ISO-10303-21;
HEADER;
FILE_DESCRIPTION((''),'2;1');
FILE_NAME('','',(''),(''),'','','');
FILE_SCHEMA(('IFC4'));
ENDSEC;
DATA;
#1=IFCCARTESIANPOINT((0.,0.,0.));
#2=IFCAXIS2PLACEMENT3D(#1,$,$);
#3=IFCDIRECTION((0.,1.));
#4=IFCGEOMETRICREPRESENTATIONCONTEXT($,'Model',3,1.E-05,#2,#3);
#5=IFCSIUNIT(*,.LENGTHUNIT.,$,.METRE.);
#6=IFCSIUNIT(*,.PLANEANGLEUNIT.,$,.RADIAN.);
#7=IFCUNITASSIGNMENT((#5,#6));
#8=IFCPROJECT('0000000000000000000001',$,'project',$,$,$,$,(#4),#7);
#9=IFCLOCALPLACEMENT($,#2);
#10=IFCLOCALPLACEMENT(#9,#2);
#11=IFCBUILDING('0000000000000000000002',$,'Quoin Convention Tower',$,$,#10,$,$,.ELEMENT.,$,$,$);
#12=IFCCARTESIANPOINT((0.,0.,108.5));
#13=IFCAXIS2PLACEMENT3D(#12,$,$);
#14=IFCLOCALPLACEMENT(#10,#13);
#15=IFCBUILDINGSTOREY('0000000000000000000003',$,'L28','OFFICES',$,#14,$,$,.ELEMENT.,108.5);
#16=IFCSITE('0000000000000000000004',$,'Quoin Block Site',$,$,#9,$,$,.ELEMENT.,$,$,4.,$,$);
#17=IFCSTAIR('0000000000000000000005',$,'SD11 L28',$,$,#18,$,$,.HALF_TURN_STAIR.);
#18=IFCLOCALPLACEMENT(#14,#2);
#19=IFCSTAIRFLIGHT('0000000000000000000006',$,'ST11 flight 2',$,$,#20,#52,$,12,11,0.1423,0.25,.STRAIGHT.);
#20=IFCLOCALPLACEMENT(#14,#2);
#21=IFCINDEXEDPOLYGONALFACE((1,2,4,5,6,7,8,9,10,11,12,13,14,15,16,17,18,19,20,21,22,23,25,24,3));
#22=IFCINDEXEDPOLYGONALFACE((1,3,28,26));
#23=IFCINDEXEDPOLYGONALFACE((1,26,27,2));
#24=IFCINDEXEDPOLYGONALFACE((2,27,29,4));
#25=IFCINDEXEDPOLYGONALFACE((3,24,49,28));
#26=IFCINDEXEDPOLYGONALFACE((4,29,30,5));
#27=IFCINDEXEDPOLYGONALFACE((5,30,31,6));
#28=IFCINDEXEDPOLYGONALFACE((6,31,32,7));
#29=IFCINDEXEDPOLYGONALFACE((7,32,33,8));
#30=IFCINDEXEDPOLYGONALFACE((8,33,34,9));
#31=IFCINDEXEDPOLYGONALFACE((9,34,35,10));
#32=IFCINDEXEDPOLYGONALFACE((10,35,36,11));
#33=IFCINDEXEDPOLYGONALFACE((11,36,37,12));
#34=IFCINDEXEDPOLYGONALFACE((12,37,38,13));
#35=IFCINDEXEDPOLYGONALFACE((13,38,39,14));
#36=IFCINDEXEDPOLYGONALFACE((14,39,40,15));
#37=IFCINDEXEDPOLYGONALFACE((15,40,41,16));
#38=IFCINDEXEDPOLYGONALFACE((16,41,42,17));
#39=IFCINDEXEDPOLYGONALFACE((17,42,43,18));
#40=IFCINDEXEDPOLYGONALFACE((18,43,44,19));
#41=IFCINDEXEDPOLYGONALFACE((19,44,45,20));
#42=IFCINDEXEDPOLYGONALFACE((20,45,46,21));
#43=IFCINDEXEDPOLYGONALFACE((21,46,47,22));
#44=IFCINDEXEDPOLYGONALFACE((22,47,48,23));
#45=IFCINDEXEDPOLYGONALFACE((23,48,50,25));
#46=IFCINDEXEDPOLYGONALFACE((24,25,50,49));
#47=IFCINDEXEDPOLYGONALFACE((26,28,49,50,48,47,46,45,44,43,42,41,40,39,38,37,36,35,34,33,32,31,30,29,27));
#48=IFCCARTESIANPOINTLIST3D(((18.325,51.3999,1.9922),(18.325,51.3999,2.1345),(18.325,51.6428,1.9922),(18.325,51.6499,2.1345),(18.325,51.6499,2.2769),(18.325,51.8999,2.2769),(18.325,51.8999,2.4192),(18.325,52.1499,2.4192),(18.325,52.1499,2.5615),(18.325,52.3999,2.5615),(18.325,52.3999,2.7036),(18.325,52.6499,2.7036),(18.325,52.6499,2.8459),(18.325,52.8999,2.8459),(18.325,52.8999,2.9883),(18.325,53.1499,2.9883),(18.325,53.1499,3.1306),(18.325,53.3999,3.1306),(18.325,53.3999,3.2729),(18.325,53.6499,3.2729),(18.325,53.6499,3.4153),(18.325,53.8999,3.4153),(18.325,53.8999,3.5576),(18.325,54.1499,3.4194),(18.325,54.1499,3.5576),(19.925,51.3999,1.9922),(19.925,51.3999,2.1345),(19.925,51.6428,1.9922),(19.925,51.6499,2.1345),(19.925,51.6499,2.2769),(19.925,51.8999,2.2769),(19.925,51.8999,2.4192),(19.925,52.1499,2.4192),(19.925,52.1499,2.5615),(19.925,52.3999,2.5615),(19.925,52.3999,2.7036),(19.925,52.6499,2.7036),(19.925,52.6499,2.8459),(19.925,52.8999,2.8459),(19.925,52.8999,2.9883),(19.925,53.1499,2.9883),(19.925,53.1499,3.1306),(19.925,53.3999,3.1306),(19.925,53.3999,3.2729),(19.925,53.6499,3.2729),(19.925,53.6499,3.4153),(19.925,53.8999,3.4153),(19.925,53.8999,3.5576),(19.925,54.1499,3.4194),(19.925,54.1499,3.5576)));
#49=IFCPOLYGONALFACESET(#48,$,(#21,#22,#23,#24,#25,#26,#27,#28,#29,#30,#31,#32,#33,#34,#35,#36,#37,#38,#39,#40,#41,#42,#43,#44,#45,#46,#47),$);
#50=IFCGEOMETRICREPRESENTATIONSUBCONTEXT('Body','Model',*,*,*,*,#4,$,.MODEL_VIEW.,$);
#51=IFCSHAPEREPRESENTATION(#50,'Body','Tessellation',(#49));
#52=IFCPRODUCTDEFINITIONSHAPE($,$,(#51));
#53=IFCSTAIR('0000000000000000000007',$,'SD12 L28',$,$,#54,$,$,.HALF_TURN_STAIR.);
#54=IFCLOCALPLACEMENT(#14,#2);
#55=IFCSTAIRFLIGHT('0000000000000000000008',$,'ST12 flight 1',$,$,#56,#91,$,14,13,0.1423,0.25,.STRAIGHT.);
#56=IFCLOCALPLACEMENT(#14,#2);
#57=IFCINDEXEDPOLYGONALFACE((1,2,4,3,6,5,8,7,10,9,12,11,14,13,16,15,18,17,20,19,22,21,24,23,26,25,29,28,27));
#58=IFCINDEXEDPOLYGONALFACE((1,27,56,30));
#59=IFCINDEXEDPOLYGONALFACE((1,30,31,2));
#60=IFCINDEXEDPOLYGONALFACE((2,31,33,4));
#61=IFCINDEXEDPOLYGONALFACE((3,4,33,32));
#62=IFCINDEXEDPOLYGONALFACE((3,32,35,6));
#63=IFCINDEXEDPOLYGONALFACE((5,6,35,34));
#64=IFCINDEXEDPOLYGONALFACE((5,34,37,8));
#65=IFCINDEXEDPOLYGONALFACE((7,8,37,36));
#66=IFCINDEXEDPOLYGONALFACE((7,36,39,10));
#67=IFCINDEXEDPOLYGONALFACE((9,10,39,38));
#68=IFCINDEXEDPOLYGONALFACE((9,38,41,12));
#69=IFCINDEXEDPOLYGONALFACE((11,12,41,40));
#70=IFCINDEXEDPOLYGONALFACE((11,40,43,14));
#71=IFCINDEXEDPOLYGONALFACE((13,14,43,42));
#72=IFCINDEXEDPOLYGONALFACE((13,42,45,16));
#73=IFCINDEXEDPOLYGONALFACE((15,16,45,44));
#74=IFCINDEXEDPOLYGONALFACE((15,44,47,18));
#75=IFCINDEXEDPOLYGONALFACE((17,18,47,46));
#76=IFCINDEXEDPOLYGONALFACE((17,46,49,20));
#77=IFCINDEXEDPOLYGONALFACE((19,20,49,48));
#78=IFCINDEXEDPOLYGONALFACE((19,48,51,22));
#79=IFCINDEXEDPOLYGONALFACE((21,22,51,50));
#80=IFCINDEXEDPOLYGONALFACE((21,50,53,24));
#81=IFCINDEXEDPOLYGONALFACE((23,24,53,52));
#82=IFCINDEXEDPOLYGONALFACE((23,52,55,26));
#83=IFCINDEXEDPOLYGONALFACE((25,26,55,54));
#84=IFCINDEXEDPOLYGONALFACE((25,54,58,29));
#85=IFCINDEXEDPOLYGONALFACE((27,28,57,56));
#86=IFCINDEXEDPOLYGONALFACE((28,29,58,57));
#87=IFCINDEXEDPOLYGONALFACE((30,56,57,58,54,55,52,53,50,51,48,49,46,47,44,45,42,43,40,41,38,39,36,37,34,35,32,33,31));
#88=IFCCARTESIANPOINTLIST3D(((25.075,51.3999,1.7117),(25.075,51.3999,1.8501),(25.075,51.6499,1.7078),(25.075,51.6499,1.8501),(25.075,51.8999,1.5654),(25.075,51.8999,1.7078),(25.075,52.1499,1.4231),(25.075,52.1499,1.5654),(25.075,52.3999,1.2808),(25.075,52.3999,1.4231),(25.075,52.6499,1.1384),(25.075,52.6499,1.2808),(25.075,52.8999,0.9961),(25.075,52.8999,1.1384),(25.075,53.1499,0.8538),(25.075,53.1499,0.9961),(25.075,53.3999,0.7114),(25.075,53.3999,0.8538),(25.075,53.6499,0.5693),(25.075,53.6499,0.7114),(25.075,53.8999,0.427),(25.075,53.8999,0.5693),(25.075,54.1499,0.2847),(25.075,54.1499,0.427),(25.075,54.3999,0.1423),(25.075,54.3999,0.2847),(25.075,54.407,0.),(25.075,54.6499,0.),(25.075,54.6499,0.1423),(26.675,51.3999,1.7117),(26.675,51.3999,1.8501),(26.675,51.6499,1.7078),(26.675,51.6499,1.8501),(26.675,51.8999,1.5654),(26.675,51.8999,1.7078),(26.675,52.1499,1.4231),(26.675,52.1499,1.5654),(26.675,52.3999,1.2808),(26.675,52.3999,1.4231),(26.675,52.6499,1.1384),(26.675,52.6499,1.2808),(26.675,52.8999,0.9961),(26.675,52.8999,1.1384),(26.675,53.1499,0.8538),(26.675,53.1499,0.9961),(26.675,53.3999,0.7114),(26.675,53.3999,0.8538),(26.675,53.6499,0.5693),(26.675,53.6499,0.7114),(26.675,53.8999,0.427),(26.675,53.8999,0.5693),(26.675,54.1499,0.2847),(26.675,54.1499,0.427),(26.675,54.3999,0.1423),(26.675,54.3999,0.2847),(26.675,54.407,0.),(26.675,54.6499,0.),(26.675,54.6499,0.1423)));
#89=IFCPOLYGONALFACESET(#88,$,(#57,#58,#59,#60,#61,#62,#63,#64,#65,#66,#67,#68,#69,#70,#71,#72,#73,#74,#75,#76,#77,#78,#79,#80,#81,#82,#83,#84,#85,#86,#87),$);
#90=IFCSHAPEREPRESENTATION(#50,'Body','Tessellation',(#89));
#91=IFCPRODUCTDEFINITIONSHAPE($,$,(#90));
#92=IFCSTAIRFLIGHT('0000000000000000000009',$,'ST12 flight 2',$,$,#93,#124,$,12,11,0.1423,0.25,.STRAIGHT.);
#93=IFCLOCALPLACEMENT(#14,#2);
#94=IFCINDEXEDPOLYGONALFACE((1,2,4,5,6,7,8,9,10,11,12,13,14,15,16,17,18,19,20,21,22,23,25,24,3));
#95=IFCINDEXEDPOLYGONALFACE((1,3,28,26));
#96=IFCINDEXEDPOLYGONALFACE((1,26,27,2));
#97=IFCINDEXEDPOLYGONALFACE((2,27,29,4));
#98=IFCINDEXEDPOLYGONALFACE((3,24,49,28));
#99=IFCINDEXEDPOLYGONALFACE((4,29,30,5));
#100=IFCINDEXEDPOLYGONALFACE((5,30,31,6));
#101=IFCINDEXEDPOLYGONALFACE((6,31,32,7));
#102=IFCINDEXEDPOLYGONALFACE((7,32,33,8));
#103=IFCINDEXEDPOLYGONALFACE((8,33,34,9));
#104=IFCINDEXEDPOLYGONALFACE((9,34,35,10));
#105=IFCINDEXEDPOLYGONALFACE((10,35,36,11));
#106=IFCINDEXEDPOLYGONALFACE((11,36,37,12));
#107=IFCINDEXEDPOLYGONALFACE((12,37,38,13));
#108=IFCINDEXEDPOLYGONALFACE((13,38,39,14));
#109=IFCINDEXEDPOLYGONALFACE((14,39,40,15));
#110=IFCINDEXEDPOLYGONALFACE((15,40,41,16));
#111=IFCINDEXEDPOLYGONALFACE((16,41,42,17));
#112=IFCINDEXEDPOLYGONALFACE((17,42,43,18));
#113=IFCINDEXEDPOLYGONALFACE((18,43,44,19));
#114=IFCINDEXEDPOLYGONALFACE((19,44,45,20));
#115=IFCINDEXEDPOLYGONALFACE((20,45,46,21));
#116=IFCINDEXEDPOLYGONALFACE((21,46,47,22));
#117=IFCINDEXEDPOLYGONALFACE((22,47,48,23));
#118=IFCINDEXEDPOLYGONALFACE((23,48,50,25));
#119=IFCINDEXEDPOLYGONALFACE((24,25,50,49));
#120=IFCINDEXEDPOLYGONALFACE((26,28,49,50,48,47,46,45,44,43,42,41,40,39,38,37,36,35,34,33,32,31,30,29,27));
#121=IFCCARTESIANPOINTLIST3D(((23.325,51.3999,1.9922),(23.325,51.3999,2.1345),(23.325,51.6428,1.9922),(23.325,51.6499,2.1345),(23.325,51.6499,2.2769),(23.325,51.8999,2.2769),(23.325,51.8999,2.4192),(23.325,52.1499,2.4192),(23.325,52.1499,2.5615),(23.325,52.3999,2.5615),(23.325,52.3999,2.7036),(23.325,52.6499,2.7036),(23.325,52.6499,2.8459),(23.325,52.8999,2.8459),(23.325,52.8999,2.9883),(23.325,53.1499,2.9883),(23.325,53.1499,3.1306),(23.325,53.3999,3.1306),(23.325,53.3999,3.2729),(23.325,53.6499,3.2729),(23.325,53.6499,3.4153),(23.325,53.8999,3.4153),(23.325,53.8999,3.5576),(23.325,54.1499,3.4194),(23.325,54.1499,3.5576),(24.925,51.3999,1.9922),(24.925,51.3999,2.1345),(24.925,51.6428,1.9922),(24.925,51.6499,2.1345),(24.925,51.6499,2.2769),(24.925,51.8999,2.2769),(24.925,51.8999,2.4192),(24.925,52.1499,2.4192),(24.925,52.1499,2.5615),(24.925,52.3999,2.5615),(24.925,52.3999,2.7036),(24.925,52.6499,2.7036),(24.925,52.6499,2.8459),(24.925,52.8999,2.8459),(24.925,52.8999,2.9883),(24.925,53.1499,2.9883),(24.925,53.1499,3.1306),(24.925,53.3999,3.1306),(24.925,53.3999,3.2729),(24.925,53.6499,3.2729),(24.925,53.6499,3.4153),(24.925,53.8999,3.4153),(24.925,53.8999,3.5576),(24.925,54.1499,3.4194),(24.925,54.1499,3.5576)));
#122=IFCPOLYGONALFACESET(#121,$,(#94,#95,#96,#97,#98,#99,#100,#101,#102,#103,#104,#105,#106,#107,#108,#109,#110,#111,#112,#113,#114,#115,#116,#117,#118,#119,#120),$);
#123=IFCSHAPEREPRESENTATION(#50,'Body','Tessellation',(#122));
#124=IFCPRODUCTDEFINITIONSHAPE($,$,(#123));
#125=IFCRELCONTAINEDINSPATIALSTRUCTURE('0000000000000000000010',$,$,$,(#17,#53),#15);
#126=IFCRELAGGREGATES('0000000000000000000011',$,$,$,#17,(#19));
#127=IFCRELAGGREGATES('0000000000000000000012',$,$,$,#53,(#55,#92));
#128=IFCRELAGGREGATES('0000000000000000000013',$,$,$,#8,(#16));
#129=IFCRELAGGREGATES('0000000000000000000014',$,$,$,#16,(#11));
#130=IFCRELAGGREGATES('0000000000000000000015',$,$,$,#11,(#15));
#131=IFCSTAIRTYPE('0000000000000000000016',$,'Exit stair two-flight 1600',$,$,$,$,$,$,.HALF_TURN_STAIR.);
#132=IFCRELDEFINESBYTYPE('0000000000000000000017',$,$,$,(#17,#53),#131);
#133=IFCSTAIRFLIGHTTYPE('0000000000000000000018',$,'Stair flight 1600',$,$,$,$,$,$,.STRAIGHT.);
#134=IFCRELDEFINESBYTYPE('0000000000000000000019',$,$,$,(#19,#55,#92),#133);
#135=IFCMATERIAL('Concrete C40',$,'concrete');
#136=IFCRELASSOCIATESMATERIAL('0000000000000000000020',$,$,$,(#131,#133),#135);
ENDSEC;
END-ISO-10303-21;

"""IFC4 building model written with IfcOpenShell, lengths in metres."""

from ifc_helpers import new_model, si_unit, direction, frame, origin, place, context, subcontext, project, spatial, polyline, outline, extrude, material, type_object, element, aggregate, save


model = new_model("IFC4")

# Units and contexts
model_context = context("Model", 3, precision=1e-05, world=origin(), true_north=direction((0.0, 1.0)))
body_context = subcontext(model_context, "Body", "Model", "MODEL_VIEW")
ifc_project = project(units=[si_unit("LENGTHUNIT", "METRE"), si_unit("PLANEANGLEUNIT", "RADIAN")], contexts=[model_context])

# Site, building, storey
site_placement = place(None, origin())
site = spatial("IfcSite", under=ifc_project, at=site_placement, Name="Quoin Block Site", CompositionType="ELEMENT", RefElevation=4.0)
building_placement = place(site_placement, origin())
building = spatial("IfcBuilding", under=site, at=building_placement, Name="Quoin Convention Tower", CompositionType="ELEMENT")
storey_placement = place(building_placement, frame((0.0, 0.0, 108.5)))
storey = spatial("IfcBuildingStorey", under=building, at=storey_placement, Name="L28", Description="OFFICES", CompositionType="ELEMENT", Elevation=108.5)

# Shared definitions
ifc_material_1 = material(Name="Concrete C40", Category="concrete")

# Stairs, stair flights
stair_type_1 = type_object("IfcStairType", Name="Exit stair two-flight 1600", PredefinedType="HALF_TURN_STAIR", material=ifc_material_1)
stair_1_placement = place(storey_placement, origin())
stair_1 = element("IfcStair", 1, at=stair_1_placement, inside=storey, type_object=stair_type_1, Name="SD11 L28", PredefinedType="HALF_TURN_STAIR")
stair_flight_type_1 = type_object("IfcStairFlightType", Name="Stair flight 1600", PredefinedType="STRAIGHT", material=ifc_material_1)
stair_flight_1_placement = place(storey_placement, frame((19.125, 51.3999, 1.9922), z_axis=(0.0, 0.0, 1.0), x_axis=(0.0, 1.0, 0.0)))
stair_flight_1 = element("IfcStairFlight", 2, at=stair_flight_1_placement, type_object=stair_flight_type_1, Name="ST11 flight 2", NumberOfRisers=12, NumberOfTreads=11, PredefinedType="STRAIGHT", RiserHeight=0.1423, TreadLength=0.25, context=body_context, shape_type="SweptSolid", body=[
    extrude(outline(polyline([(0.0, 0.0), (0.0, 0.1423), (0.25, 0.1423), (0.25, 0.2847), (0.5, 0.2847), (0.5, 0.427), (0.75, 0.427), (0.75, 0.5693), (1.0, 0.5693), (1.0, 0.7114), (1.25, 0.7114), (1.25, 0.8538), (1.5, 0.8538), (1.5, 0.9961), (1.75, 0.9961), (1.75, 1.1384), (2.0, 1.1384), (2.0, 1.2808), (2.25, 1.2808), (2.25, 1.4231), (2.5, 1.4231), (2.5, 1.5654), (2.75, 1.5654), (2.75, 1.7078), (2.75, 1.4272), (0.2429, 0.0), (0.0, 0.0)])), frame((0.0, 0.8, 0.0), z_axis=(0.0, -1.0, 0.0), x_axis=(1.0, 0.0, 0.0)), (0.0, 0.0, 1.0), 1.6001),
])
aggregate(stair_1, [stair_flight_1])
stair_2_placement = place(storey_placement, origin())
stair_2 = element("IfcStair", 3, at=stair_2_placement, inside=storey, type_object=stair_type_1, Name="SD12 L28", PredefinedType="HALF_TURN_STAIR")
stair_flight_2_placement = place(storey_placement, frame((25.875, 54.6499, 0.0), z_axis=(0.0, 0.0, 1.0), x_axis=(0.0, -1.0, 0.0)))
stair_flight_2 = element("IfcStairFlight", 4, at=stair_flight_2_placement, type_object=stair_flight_type_1, Name="ST12 flight 1", NumberOfRisers=14, NumberOfTreads=13, PredefinedType="STRAIGHT", RiserHeight=0.1423, TreadLength=0.25, context=body_context, shape_type="SweptSolid", body=[
    extrude(outline(polyline([(0.0, 0.0), (0.0, 0.1423), (0.25, 0.1423), (0.25, 0.2847), (0.5, 0.2847), (0.5, 0.427), (0.75, 0.427), (0.75, 0.5693), (1.0, 0.5693), (1.0, 0.7114), (1.25, 0.7114), (1.25, 0.8538), (1.5, 0.8538), (1.5, 0.9961), (1.75, 0.9961), (1.75, 1.1384), (2.0, 1.1384), (2.0, 1.2808), (2.25, 1.2808), (2.25, 1.4231), (2.5, 1.4231), (2.5, 1.5654), (2.75, 1.5654), (2.75, 1.7078), (3.0, 1.7078), (3.0, 1.8501), (3.25, 1.8501), (3.25, 1.9922), (3.25, 1.7117), (0.2429, 0.0), (0.0, 0.0)])), frame((0.0, 0.8, 0.0), z_axis=(0.0, -1.0, 0.0), x_axis=(1.0, 0.0, 0.0)), (0.0, 0.0, 1.0), 1.6001),
])
stair_flight_3_placement = place(storey_placement, frame((24.125, 51.3999, 1.9922), z_axis=(0.0, 0.0, 1.0), x_axis=(0.0, 1.0, 0.0)))
stair_flight_3 = element("IfcStairFlight", 5, at=stair_flight_3_placement, type_object=stair_flight_type_1, Name="ST12 flight 2", NumberOfRisers=12, NumberOfTreads=11, PredefinedType="STRAIGHT", RiserHeight=0.1423, TreadLength=0.25, context=body_context, shape_type="SweptSolid", body=[
    extrude(outline(polyline([(0.0, 0.0), (0.0, 0.1423), (0.25, 0.1423), (0.25, 0.2847), (0.5, 0.2847), (0.5, 0.427), (0.75, 0.427), (0.75, 0.5693), (1.0, 0.5693), (1.0, 0.7114), (1.25, 0.7114), (1.25, 0.8538), (1.5, 0.8538), (1.5, 0.9961), (1.75, 0.9961), (1.75, 1.1384), (2.0, 1.1384), (2.0, 1.2808), (2.25, 1.2808), (2.25, 1.4231), (2.5, 1.4231), (2.5, 1.5654), (2.75, 1.5654), (2.75, 1.7078), (2.75, 1.4272), (0.2429, 0.0), (0.0, 0.0)])), frame((0.0, 0.8, 0.0), z_axis=(0.0, -1.0, 0.0), x_axis=(1.0, 0.0, 0.0)), (0.0, 0.0, 1.0), 1.6001),
])
aggregate(stair_2, [stair_flight_2, stair_flight_3])

save(model, "model.ifc")
